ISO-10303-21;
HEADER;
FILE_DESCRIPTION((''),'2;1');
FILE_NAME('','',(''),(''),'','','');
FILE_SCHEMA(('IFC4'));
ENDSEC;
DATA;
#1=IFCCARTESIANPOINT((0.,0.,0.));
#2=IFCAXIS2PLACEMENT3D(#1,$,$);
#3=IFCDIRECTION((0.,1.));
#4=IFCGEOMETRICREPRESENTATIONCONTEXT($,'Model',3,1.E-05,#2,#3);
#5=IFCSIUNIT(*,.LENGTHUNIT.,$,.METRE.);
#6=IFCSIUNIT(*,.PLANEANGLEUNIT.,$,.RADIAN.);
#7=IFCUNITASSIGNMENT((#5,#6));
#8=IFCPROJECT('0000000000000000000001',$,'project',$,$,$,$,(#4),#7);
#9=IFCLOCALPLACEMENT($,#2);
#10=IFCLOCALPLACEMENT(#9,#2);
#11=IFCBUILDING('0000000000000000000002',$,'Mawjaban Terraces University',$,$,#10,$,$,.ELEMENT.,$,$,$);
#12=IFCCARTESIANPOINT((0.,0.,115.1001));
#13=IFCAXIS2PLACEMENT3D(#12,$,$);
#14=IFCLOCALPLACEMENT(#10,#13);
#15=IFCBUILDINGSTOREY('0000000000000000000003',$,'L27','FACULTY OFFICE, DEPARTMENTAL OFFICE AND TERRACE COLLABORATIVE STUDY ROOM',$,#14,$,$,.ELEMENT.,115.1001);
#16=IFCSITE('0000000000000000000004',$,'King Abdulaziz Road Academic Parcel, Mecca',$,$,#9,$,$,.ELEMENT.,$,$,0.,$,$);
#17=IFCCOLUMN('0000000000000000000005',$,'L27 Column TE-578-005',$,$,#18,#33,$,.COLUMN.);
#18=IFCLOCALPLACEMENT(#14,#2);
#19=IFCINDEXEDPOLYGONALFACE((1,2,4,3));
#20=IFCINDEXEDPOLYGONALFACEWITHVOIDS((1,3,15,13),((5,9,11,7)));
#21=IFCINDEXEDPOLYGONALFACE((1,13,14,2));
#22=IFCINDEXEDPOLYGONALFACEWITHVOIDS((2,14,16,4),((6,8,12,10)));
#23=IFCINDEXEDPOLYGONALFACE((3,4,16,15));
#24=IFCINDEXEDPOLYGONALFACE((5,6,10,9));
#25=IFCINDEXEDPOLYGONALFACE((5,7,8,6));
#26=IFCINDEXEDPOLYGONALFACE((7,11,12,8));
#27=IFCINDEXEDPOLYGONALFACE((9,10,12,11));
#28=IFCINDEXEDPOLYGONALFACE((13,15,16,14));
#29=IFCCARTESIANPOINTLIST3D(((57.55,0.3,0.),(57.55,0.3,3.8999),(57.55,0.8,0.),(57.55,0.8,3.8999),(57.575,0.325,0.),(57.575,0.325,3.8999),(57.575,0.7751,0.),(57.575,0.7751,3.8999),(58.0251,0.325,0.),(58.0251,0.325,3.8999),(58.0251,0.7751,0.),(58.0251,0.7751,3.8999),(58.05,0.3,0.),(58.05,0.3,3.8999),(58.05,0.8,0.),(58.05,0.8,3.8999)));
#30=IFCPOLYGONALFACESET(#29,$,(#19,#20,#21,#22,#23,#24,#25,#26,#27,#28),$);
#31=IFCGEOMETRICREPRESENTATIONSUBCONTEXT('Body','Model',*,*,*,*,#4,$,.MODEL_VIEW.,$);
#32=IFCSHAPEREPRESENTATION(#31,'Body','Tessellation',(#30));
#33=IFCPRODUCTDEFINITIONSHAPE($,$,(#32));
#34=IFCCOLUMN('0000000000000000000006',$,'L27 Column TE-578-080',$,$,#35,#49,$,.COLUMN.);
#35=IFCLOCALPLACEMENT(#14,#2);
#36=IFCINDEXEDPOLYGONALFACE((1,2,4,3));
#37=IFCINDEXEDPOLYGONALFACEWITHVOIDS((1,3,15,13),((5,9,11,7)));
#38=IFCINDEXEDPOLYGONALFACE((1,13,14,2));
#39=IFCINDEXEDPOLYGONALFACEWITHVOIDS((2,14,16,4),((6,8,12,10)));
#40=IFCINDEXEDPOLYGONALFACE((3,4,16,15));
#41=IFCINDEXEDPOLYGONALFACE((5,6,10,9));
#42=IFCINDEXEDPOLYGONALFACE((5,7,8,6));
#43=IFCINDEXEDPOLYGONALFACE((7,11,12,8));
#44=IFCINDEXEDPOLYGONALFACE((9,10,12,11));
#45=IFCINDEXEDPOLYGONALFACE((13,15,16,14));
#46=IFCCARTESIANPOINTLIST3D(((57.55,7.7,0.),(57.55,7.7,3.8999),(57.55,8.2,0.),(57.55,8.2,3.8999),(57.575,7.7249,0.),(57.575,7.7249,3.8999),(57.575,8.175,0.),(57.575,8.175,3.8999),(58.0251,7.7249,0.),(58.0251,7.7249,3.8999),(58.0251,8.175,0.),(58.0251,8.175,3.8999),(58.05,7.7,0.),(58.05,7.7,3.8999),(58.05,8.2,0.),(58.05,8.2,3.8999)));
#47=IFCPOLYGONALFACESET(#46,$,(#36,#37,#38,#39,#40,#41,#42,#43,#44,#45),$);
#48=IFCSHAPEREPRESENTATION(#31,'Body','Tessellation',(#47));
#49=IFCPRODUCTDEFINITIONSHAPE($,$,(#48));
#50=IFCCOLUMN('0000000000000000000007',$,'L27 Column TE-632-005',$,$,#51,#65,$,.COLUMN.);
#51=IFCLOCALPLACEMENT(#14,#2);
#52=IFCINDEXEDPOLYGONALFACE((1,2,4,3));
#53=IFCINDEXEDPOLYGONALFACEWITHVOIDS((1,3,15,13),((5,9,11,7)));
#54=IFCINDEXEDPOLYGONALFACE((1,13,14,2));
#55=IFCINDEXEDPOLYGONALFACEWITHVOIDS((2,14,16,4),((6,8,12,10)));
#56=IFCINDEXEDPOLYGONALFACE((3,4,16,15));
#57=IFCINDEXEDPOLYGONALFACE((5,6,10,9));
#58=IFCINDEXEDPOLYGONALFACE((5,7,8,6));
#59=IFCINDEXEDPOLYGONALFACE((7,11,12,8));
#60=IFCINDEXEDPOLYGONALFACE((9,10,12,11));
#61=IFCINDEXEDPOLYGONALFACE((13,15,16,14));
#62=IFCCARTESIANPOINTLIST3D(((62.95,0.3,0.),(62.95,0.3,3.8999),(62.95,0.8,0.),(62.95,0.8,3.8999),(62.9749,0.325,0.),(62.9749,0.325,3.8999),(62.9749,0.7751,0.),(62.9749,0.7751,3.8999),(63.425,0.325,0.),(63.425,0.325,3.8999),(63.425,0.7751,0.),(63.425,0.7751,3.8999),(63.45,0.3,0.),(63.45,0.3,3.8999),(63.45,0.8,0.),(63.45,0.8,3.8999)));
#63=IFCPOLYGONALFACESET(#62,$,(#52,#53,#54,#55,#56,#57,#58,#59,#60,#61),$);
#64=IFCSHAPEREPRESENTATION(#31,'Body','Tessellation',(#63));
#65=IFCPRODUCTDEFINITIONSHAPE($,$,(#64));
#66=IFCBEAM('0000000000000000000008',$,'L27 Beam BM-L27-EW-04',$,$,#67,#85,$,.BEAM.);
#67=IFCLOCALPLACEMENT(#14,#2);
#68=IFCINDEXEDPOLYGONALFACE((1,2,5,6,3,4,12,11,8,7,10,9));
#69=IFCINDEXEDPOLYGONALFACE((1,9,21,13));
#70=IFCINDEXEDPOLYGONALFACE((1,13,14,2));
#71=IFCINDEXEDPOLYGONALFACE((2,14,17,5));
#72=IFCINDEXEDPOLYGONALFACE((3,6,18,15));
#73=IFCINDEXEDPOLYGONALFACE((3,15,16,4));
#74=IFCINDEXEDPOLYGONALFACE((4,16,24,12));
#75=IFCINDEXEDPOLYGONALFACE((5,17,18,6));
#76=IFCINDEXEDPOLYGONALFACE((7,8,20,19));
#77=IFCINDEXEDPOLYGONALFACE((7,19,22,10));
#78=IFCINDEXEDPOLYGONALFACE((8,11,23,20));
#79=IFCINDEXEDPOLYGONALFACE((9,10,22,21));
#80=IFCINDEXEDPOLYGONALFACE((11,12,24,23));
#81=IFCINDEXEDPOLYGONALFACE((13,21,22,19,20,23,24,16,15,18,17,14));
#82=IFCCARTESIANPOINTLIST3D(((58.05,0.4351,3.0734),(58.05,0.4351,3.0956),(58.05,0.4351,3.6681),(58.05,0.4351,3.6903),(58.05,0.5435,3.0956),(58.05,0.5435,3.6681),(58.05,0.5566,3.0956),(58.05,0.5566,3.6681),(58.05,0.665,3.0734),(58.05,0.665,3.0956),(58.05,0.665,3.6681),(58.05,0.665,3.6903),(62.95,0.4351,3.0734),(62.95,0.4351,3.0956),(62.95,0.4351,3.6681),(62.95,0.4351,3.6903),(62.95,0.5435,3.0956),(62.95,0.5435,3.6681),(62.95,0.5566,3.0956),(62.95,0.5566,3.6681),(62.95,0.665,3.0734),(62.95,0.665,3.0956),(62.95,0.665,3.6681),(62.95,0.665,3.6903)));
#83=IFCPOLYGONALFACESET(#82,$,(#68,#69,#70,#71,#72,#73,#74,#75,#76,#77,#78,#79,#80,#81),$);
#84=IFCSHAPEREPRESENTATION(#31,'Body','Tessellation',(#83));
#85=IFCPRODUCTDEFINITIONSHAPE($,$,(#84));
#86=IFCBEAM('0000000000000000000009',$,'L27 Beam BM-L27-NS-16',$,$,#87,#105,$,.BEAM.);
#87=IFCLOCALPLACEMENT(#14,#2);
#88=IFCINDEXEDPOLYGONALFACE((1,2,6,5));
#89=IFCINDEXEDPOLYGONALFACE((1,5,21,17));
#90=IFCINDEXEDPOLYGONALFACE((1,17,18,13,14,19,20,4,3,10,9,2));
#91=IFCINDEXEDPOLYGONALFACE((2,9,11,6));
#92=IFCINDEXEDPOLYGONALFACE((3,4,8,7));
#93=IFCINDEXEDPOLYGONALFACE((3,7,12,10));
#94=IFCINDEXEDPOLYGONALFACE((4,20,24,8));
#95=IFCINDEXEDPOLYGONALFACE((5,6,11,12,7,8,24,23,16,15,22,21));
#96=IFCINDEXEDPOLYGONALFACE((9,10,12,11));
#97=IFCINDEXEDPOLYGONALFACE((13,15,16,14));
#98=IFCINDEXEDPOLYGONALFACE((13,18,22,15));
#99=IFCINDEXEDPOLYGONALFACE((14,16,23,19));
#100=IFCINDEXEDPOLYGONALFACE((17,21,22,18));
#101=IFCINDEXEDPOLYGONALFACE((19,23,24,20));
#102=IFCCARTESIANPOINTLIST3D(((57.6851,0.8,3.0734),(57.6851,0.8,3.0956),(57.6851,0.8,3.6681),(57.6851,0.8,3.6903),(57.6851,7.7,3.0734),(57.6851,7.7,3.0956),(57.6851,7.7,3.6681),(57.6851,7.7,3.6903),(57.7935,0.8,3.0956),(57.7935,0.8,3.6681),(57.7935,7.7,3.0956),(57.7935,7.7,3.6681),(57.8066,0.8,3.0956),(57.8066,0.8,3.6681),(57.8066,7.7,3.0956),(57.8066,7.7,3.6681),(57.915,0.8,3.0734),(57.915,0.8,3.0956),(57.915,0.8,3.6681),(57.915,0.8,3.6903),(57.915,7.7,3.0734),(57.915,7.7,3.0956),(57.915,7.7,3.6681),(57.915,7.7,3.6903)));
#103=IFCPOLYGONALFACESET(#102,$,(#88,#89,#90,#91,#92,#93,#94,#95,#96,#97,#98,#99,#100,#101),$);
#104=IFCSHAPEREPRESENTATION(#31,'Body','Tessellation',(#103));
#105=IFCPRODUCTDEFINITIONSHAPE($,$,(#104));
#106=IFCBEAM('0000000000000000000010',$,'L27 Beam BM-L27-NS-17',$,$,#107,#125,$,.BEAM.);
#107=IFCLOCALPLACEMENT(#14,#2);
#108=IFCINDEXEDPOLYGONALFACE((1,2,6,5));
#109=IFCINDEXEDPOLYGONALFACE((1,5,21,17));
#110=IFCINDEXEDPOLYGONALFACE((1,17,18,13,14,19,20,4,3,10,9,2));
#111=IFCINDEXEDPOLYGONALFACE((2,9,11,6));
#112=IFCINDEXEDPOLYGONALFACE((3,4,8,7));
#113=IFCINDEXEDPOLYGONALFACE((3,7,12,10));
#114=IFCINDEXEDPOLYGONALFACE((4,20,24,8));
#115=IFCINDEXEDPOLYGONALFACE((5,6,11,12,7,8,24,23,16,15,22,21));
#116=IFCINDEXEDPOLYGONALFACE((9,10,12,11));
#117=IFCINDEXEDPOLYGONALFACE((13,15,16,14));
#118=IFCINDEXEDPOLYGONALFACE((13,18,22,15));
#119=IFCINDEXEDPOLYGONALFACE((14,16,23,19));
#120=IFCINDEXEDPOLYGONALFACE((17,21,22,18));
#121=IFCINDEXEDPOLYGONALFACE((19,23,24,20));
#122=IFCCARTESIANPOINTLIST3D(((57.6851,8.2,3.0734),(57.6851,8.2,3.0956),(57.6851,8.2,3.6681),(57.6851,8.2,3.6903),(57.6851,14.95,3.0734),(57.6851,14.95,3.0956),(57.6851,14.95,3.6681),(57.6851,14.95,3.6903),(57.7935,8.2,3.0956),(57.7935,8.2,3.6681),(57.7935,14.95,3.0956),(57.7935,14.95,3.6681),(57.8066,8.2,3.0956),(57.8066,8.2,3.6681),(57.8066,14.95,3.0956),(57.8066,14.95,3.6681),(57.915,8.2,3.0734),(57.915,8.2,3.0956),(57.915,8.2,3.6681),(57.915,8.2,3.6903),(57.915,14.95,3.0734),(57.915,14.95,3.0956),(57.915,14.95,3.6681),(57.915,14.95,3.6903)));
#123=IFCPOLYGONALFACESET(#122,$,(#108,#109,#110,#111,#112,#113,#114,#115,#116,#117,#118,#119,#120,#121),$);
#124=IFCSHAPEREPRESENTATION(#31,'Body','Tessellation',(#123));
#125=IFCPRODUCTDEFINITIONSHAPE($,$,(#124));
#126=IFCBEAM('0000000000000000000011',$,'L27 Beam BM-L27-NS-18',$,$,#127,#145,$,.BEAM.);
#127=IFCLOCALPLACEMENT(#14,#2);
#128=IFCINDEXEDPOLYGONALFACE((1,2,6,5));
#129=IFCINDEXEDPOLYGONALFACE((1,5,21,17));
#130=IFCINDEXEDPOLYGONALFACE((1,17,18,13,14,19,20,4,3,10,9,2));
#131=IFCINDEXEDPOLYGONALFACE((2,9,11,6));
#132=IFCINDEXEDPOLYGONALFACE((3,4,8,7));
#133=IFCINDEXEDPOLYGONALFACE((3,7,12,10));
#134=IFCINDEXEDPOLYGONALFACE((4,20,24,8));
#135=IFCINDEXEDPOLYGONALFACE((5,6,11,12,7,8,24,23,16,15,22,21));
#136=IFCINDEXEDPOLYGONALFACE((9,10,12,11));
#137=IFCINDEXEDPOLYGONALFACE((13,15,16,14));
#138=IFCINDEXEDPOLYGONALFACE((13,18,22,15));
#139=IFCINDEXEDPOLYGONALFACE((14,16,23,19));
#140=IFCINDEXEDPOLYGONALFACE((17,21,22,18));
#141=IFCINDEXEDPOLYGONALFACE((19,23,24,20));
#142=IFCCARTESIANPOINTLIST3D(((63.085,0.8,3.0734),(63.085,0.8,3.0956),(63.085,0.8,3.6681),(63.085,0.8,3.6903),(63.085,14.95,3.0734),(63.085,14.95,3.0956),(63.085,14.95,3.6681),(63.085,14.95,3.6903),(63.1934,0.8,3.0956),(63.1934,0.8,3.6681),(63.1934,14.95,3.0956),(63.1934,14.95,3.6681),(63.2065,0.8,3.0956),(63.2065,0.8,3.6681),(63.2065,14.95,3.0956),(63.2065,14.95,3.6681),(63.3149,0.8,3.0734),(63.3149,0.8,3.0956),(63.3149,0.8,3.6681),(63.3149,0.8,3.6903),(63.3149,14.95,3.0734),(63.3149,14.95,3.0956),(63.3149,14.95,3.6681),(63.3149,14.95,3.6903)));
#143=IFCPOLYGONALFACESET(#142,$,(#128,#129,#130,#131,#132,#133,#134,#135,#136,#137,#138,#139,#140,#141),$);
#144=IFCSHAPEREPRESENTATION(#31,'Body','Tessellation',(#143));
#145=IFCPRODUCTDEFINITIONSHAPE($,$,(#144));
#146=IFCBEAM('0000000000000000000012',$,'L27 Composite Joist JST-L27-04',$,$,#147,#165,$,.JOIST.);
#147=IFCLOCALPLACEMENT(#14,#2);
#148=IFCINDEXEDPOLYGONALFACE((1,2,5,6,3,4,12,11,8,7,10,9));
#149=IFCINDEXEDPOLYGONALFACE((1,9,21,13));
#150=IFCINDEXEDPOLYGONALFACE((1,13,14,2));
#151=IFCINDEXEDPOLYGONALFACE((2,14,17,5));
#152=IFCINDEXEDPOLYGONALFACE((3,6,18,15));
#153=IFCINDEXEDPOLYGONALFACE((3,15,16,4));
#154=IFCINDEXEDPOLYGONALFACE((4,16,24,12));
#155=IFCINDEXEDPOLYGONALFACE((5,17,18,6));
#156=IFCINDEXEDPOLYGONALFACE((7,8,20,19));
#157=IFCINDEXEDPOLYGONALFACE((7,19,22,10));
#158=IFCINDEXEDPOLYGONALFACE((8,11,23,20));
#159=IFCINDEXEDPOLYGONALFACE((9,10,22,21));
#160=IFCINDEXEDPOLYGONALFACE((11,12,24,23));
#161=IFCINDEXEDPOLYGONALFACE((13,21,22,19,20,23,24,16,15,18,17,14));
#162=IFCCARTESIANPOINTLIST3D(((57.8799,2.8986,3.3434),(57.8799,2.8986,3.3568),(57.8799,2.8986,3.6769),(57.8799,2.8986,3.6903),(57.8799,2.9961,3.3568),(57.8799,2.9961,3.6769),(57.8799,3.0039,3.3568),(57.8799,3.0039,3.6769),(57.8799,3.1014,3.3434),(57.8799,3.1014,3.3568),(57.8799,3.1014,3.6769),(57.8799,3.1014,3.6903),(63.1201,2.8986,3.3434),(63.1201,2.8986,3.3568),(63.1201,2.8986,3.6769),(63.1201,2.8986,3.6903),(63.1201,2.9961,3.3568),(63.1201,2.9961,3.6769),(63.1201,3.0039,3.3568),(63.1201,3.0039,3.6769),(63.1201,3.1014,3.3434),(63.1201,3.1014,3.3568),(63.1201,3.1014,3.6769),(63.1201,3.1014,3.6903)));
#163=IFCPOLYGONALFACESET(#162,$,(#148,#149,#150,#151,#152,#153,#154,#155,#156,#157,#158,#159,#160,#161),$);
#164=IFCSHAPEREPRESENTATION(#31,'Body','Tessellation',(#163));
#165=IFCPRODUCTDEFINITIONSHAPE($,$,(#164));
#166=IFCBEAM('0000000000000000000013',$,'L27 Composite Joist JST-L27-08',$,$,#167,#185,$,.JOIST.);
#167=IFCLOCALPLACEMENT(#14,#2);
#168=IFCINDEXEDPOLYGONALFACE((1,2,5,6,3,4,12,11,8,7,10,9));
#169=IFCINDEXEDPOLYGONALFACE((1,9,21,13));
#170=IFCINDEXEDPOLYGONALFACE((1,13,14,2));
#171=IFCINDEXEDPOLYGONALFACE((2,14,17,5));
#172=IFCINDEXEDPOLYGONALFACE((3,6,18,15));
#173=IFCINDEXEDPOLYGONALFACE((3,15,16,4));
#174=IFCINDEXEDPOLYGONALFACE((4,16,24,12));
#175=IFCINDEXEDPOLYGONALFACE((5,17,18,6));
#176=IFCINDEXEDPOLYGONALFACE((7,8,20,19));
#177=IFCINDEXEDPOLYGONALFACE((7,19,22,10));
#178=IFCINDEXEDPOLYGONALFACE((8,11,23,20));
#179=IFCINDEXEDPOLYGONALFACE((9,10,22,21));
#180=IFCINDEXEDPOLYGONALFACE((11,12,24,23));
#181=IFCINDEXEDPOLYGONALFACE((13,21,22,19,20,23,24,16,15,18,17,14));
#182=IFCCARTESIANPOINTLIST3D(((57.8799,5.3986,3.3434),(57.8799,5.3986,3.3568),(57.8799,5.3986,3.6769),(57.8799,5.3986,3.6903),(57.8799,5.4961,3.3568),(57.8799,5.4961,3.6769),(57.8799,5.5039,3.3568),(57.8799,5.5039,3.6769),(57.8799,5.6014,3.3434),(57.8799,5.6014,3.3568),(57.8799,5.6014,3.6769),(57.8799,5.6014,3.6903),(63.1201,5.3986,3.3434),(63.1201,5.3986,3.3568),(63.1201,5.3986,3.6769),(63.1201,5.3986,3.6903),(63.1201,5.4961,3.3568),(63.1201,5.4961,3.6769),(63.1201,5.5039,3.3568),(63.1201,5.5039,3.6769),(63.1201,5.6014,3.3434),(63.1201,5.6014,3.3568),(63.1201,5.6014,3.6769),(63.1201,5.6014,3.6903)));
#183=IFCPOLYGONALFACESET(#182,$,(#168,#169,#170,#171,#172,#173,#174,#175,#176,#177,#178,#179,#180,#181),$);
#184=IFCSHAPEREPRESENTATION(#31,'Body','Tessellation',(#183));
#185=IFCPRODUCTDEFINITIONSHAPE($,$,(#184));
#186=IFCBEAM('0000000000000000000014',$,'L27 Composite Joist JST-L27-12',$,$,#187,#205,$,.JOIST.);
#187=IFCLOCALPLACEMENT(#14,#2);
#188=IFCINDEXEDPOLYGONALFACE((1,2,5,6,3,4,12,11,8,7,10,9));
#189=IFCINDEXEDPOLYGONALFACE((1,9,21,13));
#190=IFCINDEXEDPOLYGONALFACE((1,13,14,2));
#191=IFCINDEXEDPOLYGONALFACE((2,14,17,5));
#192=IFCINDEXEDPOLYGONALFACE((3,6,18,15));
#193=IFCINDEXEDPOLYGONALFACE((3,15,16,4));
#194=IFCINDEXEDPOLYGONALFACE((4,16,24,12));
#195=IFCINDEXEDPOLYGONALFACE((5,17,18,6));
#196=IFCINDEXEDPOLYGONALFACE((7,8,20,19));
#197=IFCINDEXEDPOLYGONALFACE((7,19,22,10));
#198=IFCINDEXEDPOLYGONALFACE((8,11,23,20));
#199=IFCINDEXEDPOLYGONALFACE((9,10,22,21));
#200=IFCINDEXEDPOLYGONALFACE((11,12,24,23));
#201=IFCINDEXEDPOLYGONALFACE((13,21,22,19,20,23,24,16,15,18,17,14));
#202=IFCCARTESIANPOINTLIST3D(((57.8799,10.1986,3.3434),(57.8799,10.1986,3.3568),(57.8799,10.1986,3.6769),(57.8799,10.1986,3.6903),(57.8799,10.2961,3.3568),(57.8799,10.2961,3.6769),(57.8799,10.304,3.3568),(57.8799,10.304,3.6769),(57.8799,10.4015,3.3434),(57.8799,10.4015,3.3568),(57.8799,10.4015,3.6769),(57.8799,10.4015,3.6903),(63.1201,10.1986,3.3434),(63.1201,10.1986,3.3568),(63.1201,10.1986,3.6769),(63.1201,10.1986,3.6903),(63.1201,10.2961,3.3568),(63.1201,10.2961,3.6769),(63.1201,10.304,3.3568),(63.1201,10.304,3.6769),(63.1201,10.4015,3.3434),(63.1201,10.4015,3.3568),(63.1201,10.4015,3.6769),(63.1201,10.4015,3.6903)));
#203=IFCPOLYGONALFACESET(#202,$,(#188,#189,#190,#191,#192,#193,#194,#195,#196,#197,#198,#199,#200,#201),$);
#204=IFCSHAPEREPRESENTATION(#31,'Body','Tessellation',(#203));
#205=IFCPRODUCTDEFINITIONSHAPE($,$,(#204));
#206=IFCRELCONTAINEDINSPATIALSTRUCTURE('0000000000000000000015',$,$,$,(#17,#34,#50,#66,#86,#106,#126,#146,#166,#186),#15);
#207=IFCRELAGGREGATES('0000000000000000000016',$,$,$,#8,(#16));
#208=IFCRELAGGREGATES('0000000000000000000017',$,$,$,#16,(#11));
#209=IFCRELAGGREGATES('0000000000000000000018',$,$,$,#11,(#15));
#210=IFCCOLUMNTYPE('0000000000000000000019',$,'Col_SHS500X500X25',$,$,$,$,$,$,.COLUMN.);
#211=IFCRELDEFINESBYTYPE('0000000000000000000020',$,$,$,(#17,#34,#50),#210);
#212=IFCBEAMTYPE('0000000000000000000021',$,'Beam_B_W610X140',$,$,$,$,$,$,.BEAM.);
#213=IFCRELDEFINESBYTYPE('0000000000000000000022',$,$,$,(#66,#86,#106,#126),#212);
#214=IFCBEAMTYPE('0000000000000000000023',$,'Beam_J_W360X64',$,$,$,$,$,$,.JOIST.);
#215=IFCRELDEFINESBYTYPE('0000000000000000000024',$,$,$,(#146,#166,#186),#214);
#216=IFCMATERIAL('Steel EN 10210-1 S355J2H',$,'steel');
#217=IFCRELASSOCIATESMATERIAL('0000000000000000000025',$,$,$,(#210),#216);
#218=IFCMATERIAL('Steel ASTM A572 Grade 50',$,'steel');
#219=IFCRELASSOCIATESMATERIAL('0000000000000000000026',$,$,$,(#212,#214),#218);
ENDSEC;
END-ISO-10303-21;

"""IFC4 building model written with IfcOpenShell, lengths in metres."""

from ifc_helpers import new_model, si_unit, direction, frame, origin, origin_2d, place, context, subcontext, project, spatial, hollow_rectangle, i_section, extrude, material, material_profile, profile_set, type_object, element, save


model = new_model("IFC4")

# Units and contexts
model_context = context("Model", 3, precision=1e-05, world=origin(), true_north=direction((0.0, 1.0)))
body_context = subcontext(model_context, "Body", "Model", "MODEL_VIEW")
ifc_project = project(units=[si_unit("LENGTHUNIT", "METRE"), si_unit("PLANEANGLEUNIT", "RADIAN")], contexts=[model_context])

# Site, building, storey
site_placement = place(None, origin())
site = spatial("IfcSite", under=ifc_project, at=site_placement, Name="King Abdulaziz Road Academic Parcel, Mecca", CompositionType="ELEMENT", RefElevation=0.0)
building_placement = place(site_placement, origin())
building = spatial("IfcBuilding", under=site, at=building_placement, Name="Mawjaban Terraces University", CompositionType="ELEMENT")
storey_placement = place(building_placement, frame((0.0, 0.0, 115.1001)))
storey = spatial("IfcBuildingStorey", under=building, at=storey_placement, Name="L27", Description="FACULTY OFFICE, DEPARTMENTAL OFFICE AND TERRACE COLLABORATIVE STUDY ROOM", CompositionType="ELEMENT", Elevation=115.1001)

# Columns
ifc_material_1 = material(Name="Steel EN 10210-1 S355J2H", Category="steel")
ifc_material_profile_1 = material_profile(ifc_material_1, hollow_rectangle(XDim=0.5, YDim=0.5, WallThickness=0.0249, at=origin_2d()), Name="SHS500X500X25")
ifc_profile_set_1 = profile_set([ifc_material_profile_1], Name="Steel EN 10210-1 S355J2H")
column_type = type_object("IfcColumnType", Name="Col_SHS500X500X25", PredefinedType="COLUMN", material=ifc_profile_set_1)
for number, where, z_axis, x_axis, name in (
    (1, (57.8, 0.55, 0.0), (0.0, 0.0, 1.0), (1.0, 0.0, 0.0), "L27 Column TE-578-005"),
    (2, (57.8, 7.95, 0.0), (0.0, 0.0, 1.0), (1.0, 0.0, 0.0), "L27 Column TE-578-080"),
    (3, (63.2, 0.55, 0.0), (0.0, 0.0, 1.0), (1.0, 0.0, 0.0), "L27 Column TE-632-005"),
):
    element("IfcColumn", number, at=place(storey_placement, frame(where, z_axis=z_axis, x_axis=x_axis)), inside=storey, type_object=column_type, Name=name, PredefinedType="COLUMN", context=body_context, shape_type="SweptSolid", body=[
        extrude(hollow_rectangle(XDim=0.5, YDim=0.5, WallThickness=0.0249, at=origin_2d()), origin(), (0.0, 0.0, 1.0), 3.8999),
    ])

# Beams
ifc_material_2 = material(Name="Steel ASTM A572 Grade 50", Category="steel")
ifc_material_profile_2 = material_profile(ifc_material_2, i_section(OverallWidth=0.23, OverallDepth=0.6169, WebThickness=0.0132, FlangeThickness=0.0222, at=origin_2d()), Name="W610X140")
ifc_profile_set_2 = profile_set([ifc_material_profile_2], Name="Steel ASTM A572 Grade 50")
beam_type_1 = type_object("IfcBeamType", Name="Beam_B_W610X140", PredefinedType="BEAM", material=ifc_profile_set_2)
beam_1_placement = place(storey_placement, frame((58.05, 0.55, 3.3818), z_axis=(1.0, 0.0, 0.0), x_axis=(0.0, 1.0, 0.0)))
element("IfcBeam", 4, at=beam_1_placement, inside=storey, type_object=beam_type_1, Name="L27 Beam BM-L27-EW-04", PredefinedType="BEAM", context=body_context, shape_type="SweptSolid", body=[
    extrude(i_section(OverallWidth=0.23, OverallDepth=0.6169, WebThickness=0.0132, FlangeThickness=0.0222, at=origin_2d()), origin(), (0.0, 0.0, 1.0), 4.8999),
])
beam_2_placement = place(storey_placement, frame((57.8, 0.8, 3.3818), z_axis=(0.0, 1.0, 0.0), x_axis=(-1.0, 0.0, 0.0)))
element("IfcBeam", 5, at=beam_2_placement, inside=storey, type_object=beam_type_1, Name="L27 Beam BM-L27-NS-16", PredefinedType="BEAM", context=body_context, shape_type="SweptSolid", body=[
    extrude(i_section(OverallWidth=0.23, OverallDepth=0.6169, WebThickness=0.0132, FlangeThickness=0.0222, at=origin_2d()), origin(), (0.0, 0.0, 1.0), 6.8999),
])
beam_3_placement = place(storey_placement, frame((57.8, 8.2, 3.3818), z_axis=(0.0, 1.0, 0.0), x_axis=(-1.0, 0.0, 0.0)))
element("IfcBeam", 6, at=beam_3_placement, inside=storey, type_object=beam_type_1, Name="L27 Beam BM-L27-NS-17", PredefinedType="BEAM", context=body_context, shape_type="SweptSolid", body=[
    extrude(i_section(OverallWidth=0.23, OverallDepth=0.6169, WebThickness=0.0132, FlangeThickness=0.0222, at=origin_2d()), origin(), (0.0, 0.0, 1.0), 6.75),
])
beam_4_placement = place(storey_placement, frame((63.2, 0.8, 3.3818), z_axis=(0.0, 1.0, 0.0), x_axis=(-1.0, 0.0, 0.0)))
element("IfcBeam", 7, at=beam_4_placement, inside=storey, type_object=beam_type_1, Name="L27 Beam BM-L27-NS-18", PredefinedType="BEAM", context=body_context, shape_type="SweptSolid", body=[
    extrude(i_section(OverallWidth=0.23, OverallDepth=0.6169, WebThickness=0.0132, FlangeThickness=0.0222, at=origin_2d()), origin(), (0.0, 0.0, 1.0), 14.1499),
])
ifc_material_profile_3 = material_profile(ifc_material_2, i_section(OverallWidth=0.2029, OverallDepth=0.3469, WebThickness=0.0078, FlangeThickness=0.0134, at=origin_2d()), Name="W360X64")
ifc_profile_set_3 = profile_set([ifc_material_profile_3], Name="Steel ASTM A572 Grade 50")
beam_type_2 = type_object("IfcBeamType", Name="Beam_J_W360X64", PredefinedType="JOIST", material=ifc_profile_set_3)
for number, where, z_axis, x_axis, name in (
    (8, (57.8799, 3.0, 3.5168), (1.0, 0.0, 0.0), (0.0, 1.0, 0.0), "L27 Composite Joist JST-L27-04"),
    (9, (57.8799, 5.5, 3.5168), (1.0, 0.0, 0.0), (0.0, 1.0, 0.0), "L27 Composite Joist JST-L27-08"),
    (10, (57.8799, 10.3, 3.5168), (1.0, 0.0, 0.0), (0.0, 1.0, 0.0), "L27 Composite Joist JST-L27-12"),
):
    element("IfcBeam", number, at=place(storey_placement, frame(where, z_axis=z_axis, x_axis=x_axis)), inside=storey, type_object=beam_type_2, Name=name, PredefinedType="JOIST", context=body_context, shape_type="SweptSolid", body=[
        extrude(i_section(OverallWidth=0.2029, OverallDepth=0.3469, WebThickness=0.0078, FlangeThickness=0.0134, at=origin_2d()), origin(), (0.0, 0.0, 1.0), 5.2402),
    ])

save(model, "model.ifc")
